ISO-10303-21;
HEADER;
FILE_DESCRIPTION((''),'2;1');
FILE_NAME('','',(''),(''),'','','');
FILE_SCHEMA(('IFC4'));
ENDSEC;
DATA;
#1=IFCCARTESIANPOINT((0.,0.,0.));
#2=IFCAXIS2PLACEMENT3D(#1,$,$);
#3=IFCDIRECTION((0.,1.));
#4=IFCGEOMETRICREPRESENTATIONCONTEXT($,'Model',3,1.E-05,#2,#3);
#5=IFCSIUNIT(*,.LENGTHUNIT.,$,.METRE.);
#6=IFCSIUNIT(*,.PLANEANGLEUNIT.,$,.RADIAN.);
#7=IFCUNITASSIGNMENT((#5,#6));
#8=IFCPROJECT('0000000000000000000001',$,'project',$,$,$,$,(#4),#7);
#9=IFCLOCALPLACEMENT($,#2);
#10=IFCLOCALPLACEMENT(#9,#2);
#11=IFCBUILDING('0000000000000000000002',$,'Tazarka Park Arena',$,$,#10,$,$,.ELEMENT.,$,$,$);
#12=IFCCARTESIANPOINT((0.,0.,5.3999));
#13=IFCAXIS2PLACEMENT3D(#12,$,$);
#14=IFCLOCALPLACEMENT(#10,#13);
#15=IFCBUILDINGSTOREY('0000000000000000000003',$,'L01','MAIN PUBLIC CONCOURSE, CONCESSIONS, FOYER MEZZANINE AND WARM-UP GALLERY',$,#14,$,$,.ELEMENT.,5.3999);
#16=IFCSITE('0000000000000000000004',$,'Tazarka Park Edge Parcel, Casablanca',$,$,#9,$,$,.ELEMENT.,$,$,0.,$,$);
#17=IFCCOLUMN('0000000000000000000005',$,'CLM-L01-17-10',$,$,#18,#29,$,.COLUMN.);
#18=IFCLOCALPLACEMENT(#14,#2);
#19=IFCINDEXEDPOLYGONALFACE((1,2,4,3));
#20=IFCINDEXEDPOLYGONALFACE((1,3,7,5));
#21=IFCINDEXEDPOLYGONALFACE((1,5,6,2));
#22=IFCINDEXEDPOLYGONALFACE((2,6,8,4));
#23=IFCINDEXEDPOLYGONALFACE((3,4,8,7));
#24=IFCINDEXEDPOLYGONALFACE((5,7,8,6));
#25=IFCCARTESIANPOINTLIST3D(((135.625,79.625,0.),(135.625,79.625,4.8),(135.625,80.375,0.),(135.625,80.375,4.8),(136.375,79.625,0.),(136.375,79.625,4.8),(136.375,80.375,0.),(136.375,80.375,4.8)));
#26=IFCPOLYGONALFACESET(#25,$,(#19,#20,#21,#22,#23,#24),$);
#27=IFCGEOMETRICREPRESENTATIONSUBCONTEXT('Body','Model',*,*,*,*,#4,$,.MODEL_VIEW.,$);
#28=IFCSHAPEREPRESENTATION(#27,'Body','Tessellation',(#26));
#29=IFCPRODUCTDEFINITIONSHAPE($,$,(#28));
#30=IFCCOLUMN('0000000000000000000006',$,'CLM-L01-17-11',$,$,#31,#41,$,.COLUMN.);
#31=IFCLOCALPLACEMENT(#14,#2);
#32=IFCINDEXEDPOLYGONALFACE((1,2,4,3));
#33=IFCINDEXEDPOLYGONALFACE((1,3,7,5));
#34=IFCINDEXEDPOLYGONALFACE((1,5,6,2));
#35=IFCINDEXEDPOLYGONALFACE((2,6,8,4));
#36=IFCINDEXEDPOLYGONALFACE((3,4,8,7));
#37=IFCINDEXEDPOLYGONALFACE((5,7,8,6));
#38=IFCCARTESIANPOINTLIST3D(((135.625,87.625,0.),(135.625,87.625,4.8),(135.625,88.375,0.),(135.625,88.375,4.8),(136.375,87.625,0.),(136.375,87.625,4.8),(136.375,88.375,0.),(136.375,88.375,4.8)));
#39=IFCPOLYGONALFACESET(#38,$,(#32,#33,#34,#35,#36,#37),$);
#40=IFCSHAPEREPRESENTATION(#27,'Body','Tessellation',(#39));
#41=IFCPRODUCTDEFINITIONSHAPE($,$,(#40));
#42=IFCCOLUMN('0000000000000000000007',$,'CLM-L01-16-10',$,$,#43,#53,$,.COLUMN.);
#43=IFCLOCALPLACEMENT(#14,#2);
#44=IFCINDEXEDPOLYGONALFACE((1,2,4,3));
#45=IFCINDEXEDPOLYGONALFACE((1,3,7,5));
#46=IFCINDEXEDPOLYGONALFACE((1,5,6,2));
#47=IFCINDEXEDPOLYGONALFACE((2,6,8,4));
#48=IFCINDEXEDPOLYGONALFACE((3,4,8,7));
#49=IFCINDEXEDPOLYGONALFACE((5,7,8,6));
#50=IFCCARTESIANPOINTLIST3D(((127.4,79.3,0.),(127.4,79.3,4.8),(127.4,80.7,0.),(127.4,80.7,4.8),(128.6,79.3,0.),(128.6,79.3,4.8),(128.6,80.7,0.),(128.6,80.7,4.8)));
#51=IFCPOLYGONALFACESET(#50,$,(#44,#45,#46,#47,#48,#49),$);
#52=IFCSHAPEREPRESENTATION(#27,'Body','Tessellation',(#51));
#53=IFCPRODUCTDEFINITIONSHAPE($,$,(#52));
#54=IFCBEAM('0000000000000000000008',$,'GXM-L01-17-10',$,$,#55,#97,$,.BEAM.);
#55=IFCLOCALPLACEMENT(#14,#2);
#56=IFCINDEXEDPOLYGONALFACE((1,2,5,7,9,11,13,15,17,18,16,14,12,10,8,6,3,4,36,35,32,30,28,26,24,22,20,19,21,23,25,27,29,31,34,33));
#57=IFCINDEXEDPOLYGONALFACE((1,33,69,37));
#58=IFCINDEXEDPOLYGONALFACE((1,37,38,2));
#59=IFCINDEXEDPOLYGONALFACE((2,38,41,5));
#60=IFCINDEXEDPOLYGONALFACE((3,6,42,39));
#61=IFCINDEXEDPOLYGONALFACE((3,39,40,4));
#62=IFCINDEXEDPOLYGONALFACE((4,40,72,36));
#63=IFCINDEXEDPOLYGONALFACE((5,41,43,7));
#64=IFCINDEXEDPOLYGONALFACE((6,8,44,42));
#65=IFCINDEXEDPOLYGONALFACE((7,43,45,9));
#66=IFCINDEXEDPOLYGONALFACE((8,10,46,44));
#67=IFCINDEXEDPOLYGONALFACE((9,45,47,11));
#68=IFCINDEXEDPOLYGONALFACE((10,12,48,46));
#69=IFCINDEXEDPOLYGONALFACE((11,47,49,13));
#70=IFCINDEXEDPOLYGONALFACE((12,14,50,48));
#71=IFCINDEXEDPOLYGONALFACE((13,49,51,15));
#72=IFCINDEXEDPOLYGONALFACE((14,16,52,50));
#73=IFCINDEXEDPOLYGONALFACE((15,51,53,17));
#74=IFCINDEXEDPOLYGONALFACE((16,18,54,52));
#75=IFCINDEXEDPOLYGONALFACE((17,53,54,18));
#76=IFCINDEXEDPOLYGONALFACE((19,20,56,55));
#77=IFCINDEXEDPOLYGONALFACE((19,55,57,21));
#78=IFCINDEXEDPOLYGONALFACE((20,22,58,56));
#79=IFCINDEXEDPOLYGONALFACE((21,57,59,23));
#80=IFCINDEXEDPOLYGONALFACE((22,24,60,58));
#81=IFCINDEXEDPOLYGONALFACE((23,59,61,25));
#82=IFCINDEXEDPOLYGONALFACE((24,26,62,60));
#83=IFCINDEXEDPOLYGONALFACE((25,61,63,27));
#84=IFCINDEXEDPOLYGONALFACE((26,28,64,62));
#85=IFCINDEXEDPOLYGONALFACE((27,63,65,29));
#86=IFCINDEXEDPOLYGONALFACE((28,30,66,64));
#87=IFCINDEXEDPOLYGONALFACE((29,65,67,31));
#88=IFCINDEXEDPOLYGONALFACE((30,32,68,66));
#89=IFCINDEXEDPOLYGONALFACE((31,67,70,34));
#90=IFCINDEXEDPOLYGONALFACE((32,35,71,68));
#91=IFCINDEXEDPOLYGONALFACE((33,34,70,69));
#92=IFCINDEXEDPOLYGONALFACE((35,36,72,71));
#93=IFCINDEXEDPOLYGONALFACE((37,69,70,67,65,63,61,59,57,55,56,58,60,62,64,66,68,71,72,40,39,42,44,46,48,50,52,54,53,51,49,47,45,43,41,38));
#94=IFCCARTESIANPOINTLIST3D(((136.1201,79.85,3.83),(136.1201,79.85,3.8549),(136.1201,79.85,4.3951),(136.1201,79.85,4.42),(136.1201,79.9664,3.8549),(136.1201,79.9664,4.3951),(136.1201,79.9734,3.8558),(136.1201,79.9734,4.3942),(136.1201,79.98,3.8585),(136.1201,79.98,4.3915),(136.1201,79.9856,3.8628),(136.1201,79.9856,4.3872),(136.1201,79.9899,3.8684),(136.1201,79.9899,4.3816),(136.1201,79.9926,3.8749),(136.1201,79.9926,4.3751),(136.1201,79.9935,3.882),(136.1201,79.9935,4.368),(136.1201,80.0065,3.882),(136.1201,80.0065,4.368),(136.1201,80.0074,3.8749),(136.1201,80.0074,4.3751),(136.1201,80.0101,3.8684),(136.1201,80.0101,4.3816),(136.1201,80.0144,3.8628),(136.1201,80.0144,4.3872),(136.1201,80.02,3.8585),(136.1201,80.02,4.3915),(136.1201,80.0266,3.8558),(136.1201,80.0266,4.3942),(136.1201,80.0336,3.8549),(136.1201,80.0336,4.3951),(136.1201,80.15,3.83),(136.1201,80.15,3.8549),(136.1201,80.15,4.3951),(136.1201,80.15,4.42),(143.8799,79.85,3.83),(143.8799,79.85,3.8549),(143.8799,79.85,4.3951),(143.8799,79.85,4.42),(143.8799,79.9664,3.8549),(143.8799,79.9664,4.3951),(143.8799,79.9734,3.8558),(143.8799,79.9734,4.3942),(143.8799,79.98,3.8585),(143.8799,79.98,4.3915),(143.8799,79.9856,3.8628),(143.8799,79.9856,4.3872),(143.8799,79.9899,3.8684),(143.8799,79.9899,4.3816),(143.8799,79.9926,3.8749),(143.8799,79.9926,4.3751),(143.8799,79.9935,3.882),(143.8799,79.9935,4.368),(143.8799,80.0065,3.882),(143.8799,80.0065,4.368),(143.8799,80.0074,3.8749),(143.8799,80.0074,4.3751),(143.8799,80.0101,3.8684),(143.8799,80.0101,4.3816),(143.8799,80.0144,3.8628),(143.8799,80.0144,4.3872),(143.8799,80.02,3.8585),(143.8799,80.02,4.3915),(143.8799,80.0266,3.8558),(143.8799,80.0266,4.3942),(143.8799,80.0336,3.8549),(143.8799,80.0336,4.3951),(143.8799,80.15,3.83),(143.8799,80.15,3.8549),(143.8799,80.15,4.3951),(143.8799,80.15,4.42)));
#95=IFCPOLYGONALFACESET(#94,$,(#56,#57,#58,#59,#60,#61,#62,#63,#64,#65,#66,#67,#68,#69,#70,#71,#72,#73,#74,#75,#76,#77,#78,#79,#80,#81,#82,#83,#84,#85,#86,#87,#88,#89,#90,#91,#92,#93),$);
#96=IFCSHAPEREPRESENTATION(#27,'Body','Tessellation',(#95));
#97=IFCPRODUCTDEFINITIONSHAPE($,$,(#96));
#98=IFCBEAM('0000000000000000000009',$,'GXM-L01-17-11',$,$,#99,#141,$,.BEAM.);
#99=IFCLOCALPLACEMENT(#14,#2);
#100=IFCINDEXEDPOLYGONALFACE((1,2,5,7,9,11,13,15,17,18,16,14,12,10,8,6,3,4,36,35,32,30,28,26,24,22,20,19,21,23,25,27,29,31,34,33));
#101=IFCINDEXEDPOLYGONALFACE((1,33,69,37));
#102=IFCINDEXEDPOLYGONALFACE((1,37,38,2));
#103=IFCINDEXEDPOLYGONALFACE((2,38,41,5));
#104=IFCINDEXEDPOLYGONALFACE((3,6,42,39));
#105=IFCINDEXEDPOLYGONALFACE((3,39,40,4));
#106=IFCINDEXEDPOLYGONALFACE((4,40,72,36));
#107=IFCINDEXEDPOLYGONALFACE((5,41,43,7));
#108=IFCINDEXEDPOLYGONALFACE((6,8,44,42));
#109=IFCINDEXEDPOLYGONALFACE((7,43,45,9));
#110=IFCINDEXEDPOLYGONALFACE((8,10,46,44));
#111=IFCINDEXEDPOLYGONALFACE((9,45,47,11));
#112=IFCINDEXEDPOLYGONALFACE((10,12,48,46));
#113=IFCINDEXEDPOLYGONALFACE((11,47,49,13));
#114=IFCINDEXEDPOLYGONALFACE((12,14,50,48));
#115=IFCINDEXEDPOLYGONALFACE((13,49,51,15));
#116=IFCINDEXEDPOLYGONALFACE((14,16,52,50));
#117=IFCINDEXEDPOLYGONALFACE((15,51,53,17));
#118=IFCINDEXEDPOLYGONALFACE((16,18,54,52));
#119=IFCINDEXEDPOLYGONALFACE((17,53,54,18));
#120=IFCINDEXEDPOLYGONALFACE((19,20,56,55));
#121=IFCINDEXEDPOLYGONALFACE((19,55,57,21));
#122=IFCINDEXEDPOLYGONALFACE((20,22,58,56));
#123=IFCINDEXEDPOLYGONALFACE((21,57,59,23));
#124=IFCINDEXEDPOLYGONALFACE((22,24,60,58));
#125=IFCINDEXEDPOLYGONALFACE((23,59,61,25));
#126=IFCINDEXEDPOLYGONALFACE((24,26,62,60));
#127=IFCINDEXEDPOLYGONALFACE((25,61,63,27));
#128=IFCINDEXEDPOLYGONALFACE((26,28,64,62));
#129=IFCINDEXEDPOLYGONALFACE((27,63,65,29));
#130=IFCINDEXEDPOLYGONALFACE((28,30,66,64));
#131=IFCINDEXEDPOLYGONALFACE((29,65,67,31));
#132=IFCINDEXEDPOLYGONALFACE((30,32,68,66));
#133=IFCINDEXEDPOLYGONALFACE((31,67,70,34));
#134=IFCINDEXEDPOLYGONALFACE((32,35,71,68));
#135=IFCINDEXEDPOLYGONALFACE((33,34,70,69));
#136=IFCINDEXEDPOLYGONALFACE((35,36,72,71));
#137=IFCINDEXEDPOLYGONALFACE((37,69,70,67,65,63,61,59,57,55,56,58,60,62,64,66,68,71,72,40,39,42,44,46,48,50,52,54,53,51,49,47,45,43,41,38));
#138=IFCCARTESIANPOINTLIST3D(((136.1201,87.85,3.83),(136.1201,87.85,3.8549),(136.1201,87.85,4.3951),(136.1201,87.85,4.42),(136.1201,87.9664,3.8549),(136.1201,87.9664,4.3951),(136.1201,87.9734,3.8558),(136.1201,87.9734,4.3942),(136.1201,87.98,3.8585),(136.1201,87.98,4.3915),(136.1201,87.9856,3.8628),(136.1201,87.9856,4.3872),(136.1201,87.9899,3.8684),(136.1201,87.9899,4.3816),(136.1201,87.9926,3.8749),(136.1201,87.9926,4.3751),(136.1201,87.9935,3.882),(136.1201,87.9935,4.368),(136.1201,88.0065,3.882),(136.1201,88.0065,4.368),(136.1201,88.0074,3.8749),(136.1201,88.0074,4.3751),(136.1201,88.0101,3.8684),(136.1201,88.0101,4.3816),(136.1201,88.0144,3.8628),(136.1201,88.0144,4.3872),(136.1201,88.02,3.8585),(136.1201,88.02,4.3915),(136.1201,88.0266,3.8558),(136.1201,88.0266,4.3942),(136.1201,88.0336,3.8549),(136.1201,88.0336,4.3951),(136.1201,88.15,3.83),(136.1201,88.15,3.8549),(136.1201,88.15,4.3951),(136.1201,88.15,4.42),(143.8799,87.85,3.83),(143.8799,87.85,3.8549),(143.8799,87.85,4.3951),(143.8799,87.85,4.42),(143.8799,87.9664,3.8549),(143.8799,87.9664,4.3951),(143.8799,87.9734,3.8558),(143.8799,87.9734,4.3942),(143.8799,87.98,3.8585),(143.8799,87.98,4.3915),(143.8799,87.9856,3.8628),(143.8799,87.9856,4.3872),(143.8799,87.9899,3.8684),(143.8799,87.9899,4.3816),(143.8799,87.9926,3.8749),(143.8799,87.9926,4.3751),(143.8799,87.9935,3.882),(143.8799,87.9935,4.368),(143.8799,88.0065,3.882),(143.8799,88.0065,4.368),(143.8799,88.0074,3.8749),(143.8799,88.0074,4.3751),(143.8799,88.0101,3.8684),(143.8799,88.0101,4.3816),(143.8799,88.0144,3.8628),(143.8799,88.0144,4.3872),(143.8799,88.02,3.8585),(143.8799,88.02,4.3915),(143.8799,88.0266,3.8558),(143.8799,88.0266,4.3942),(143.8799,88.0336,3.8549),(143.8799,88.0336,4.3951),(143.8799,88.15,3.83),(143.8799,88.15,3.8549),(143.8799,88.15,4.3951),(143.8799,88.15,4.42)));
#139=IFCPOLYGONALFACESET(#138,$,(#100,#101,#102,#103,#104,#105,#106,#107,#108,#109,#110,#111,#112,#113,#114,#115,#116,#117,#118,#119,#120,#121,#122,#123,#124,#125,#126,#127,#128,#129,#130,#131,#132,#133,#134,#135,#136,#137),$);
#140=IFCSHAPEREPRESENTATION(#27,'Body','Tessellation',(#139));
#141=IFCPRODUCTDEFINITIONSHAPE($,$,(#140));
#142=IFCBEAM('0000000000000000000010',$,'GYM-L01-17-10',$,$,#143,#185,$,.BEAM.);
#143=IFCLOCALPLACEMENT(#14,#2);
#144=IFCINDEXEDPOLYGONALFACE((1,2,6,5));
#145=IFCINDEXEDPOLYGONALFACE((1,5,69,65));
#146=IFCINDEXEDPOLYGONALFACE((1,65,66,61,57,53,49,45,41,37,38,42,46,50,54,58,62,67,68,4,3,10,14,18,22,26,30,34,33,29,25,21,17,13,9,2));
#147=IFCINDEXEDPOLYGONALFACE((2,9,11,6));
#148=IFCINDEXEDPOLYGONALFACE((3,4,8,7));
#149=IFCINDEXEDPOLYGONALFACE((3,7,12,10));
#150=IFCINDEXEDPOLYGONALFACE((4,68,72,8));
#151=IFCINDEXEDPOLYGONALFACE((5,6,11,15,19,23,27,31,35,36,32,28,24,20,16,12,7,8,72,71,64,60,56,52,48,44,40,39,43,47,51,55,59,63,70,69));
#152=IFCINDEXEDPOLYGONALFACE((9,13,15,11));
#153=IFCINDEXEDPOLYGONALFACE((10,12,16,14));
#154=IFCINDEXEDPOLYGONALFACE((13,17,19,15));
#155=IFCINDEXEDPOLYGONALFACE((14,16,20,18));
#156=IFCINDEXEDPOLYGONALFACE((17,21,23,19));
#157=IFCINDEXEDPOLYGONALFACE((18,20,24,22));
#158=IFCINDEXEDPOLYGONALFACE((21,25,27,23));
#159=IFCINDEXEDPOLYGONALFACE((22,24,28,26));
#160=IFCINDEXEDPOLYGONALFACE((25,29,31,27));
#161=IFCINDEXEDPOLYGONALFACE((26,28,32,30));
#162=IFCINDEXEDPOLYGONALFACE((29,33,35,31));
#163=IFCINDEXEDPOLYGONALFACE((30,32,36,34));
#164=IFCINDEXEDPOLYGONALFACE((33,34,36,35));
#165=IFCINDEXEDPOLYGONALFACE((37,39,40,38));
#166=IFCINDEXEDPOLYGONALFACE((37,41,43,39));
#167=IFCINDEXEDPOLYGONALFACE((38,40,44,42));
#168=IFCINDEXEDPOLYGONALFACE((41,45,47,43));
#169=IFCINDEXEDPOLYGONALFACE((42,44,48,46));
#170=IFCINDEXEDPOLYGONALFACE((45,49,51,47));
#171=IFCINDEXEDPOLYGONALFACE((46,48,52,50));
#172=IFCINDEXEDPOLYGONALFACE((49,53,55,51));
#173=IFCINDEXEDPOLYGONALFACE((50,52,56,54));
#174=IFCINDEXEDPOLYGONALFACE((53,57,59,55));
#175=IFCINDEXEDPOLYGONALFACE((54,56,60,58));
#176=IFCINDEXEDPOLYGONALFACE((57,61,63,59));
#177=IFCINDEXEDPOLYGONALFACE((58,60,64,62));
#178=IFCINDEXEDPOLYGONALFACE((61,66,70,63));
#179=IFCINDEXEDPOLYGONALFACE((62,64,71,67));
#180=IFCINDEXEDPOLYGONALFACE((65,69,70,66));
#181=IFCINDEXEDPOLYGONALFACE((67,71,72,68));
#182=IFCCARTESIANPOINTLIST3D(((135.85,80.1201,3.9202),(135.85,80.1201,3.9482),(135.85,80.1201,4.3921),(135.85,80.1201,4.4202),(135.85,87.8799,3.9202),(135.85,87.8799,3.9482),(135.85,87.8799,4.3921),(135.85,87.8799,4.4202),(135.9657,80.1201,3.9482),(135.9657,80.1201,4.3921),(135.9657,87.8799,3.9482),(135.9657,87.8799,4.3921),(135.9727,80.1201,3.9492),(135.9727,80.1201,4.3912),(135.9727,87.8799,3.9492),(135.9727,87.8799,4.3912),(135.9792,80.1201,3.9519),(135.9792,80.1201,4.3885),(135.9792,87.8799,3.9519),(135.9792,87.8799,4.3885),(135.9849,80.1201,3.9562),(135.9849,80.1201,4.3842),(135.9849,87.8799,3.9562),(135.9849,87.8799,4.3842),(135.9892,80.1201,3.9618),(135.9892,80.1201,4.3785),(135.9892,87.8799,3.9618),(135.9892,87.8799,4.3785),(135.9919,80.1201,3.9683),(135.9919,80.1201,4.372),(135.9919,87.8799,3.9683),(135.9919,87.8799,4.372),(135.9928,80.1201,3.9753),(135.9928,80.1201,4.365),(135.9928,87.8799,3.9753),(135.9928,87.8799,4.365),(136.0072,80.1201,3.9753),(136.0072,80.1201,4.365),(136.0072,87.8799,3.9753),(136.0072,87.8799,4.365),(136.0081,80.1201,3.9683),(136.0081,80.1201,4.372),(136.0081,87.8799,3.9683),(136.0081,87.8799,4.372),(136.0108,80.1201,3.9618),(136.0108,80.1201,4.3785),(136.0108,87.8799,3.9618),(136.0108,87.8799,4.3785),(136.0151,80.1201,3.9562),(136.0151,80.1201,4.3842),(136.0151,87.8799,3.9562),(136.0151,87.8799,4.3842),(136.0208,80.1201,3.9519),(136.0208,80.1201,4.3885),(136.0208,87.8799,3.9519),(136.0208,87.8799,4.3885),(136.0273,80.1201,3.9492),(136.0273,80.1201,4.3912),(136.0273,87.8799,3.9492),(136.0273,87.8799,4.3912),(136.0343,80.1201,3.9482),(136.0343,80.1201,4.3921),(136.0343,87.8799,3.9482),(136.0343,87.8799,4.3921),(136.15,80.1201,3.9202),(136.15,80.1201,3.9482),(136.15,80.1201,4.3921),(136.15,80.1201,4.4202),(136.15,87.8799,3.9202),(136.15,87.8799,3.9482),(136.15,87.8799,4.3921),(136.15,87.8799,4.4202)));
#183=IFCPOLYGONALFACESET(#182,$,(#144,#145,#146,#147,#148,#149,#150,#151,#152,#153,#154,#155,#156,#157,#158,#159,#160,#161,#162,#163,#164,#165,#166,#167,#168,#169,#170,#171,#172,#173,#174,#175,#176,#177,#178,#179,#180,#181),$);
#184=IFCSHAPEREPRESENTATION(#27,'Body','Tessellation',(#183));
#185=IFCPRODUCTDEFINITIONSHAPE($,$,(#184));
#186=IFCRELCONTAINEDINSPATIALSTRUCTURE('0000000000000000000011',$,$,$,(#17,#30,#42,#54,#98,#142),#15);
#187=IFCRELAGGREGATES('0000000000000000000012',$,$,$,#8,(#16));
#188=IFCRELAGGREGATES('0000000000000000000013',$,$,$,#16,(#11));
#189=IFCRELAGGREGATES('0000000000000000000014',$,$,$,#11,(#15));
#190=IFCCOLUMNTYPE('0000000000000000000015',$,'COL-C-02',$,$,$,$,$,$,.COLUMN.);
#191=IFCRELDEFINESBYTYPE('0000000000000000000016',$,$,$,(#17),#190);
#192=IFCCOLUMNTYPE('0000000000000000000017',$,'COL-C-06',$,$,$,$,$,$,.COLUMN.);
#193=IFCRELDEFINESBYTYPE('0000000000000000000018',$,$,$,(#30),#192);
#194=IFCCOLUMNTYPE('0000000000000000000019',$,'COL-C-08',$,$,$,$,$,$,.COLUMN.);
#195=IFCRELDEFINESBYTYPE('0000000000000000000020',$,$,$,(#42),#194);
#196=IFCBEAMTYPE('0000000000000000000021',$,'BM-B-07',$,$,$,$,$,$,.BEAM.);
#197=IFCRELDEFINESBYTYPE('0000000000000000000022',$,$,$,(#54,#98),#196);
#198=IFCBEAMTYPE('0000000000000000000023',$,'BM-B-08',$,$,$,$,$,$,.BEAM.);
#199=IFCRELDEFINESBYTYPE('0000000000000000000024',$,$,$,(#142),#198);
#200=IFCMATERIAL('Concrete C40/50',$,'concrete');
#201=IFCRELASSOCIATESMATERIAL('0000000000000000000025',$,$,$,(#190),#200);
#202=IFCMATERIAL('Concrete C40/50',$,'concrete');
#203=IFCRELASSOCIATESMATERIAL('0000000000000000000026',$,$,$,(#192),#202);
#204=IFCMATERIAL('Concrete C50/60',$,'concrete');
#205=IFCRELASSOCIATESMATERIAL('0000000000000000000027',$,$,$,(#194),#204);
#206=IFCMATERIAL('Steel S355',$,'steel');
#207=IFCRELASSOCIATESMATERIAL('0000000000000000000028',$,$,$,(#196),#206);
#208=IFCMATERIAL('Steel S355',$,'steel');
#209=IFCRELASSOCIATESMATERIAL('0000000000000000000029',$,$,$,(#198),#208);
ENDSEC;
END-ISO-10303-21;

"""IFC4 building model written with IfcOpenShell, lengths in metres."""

from ifc_helpers import new_model, si_unit, direction, frame, origin, origin_2d, place, context, subcontext, project, spatial, rectangle, i_section, extrude, material, material_profile, profile_set, type_object, element, save


model = new_model("IFC4")

# Units and contexts
model_context = context("Model", 3, precision=1e-05, world=origin(), true_north=direction((0.0, 1.0)))
body_context = subcontext(model_context, "Body", "Model", "MODEL_VIEW")
ifc_project = project(units=[si_unit("LENGTHUNIT", "METRE"), si_unit("PLANEANGLEUNIT", "RADIAN")], contexts=[model_context])

# Site, building, storey
site_placement = place(None, origin())
site = spatial("IfcSite", under=ifc_project, at=site_placement, Name="Tazarka Park Edge Parcel, Casablanca", CompositionType="ELEMENT", RefElevation=0.0)
building_placement = place(site_placement, origin())
building = spatial("IfcBuilding", under=site, at=building_placement, Name="Tazarka Park Arena", CompositionType="ELEMENT")
storey_placement = place(building_placement, frame((0.0, 0.0, 5.3999)))
storey = spatial("IfcBuildingStorey", under=building, at=storey_placement, Name="L01", Description="MAIN PUBLIC CONCOURSE, CONCESSIONS, FOYER MEZZANINE AND WARM-UP GALLERY", CompositionType="ELEMENT", Elevation=5.3999)

# Columns
ifc_material_1 = material(Name="Concrete C40/50", Category="concrete")
ifc_material_profile_1 = material_profile(ifc_material_1, rectangle(XDim=0.75, YDim=0.75, at=origin_2d()), Name="Concrete C40/50")
ifc_profile_set_1 = profile_set([ifc_material_profile_1], Name="Concrete C40/50")
column_type_1 = type_object("IfcColumnType", Name="COL-C-02", PredefinedType="COLUMN", material=ifc_profile_set_1)
column_1_placement = place(storey_placement, frame((136.0, 80.0, 0.0), z_axis=(0.0, 0.0, 1.0), x_axis=(1.0, 0.0, 0.0)))
element("IfcColumn", 1, at=column_1_placement, inside=storey, type_object=column_type_1, Name="CLM-L01-17-10", PredefinedType="COLUMN", context=body_context, shape_type="SweptSolid", body=[
    extrude(rectangle(XDim=0.75, YDim=0.75, at=origin_2d()), origin(), (0.0, 0.0, 1.0), 4.8),
])
ifc_material_2 = material(Name="Concrete C40/50", Category="concrete")
ifc_material_profile_2 = material_profile(ifc_material_2, rectangle(XDim=0.75, YDim=0.75, at=origin_2d()), Name="Concrete C40/50")
ifc_profile_set_2 = profile_set([ifc_material_profile_2], Name="Concrete C40/50")
column_type_2 = type_object("IfcColumnType", Name="COL-C-06", PredefinedType="COLUMN", material=ifc_profile_set_2)
column_2_placement = place(storey_placement, frame((136.0, 88.0, 0.0), z_axis=(0.0, 0.0, 1.0), x_axis=(1.0, 0.0, 0.0)))
element("IfcColumn", 2, at=column_2_placement, inside=storey, type_object=column_type_2, Name="CLM-L01-17-11", PredefinedType="COLUMN", context=body_context, shape_type="SweptSolid", body=[
    extrude(rectangle(XDim=0.75, YDim=0.75, at=origin_2d()), origin(), (0.0, 0.0, 1.0), 4.8),
])
ifc_material_3 = material(Name="Concrete C50/60", Category="concrete")
ifc_material_profile_3 = material_profile(ifc_material_3, rectangle(XDim=1.2, YDim=1.3999, at=origin_2d()), Name="Concrete C50/60")
ifc_profile_set_3 = profile_set([ifc_material_profile_3], Name="Concrete C50/60")
column_type_3 = type_object("IfcColumnType", Name="COL-C-08", PredefinedType="COLUMN", material=ifc_profile_set_3)
column_3_placement = place(storey_placement, frame((128.0, 80.0, 0.0), z_axis=(0.0, 0.0, 1.0), x_axis=(1.0, 0.0, 0.0)))
element("IfcColumn", 3, at=column_3_placement, inside=storey, type_object=column_type_3, Name="CLM-L01-16-10", PredefinedType="COLUMN", context=body_context, shape_type="SweptSolid", body=[
    extrude(rectangle(XDim=1.2, YDim=1.3999, at=origin_2d()), origin(), (0.0, 0.0, 1.0), 4.8),
])

# Beams
ifc_material_4 = material(Name="Steel S355", Category="steel")
ifc_material_profile_4 = material_profile(ifc_material_4, i_section(OverallWidth=0.3, OverallDepth=0.5901, WebThickness=0.0129, FlangeThickness=0.0249, FilletRadius=0.0271, at=origin_2d()), Name="Steel S355")
ifc_profile_set_4 = profile_set([ifc_material_profile_4], Name="Steel S355")
beam_type_1 = type_object("IfcBeamType", Name="BM-B-07", PredefinedType="BEAM", material=ifc_profile_set_4)
for number, where, z_axis, x_axis, name in (
    (4, (136.1201, 80.0, 4.125), (1.0, 0.0, 0.0), (0.0, 1.0, 0.0), "GXM-L01-17-10"),
    (5, (136.1201, 88.0, 4.125), (1.0, 0.0, 0.0), (0.0, 1.0, 0.0), "GXM-L01-17-11"),
):
    element("IfcBeam", number, at=place(storey_placement, frame(where, z_axis=z_axis, x_axis=x_axis)), inside=storey, type_object=beam_type_1, Name=name, PredefinedType="BEAM", context=body_context, shape_type="SweptSolid", body=[
        extrude(i_section(OverallWidth=0.3, OverallDepth=0.5901, WebThickness=0.0129, FlangeThickness=0.0249, FilletRadius=0.0271, at=origin_2d()), origin(), (0.0, 0.0, 1.0), 7.7598),
    ])
ifc_material_5 = material(Name="Steel S355", Category="steel")
ifc_material_profile_5 = material_profile(ifc_material_5, i_section(OverallWidth=0.3, OverallDepth=0.5, WebThickness=0.0144, FlangeThickness=0.0281, FilletRadius=0.0271, at=origin_2d()), Name="Steel S355")
ifc_profile_set_5 = profile_set([ifc_material_profile_5], Name="Steel S355")
beam_type_2 = type_object("IfcBeamType", Name="BM-B-08", PredefinedType="BEAM", material=ifc_profile_set_5)
beam_1_placement = place(storey_placement, frame((136.0, 80.1201, 4.1702), z_axis=(0.0, 1.0, 0.0), x_axis=(-1.0, 0.0, 0.0)))
element("IfcBeam", 6, at=beam_1_placement, inside=storey, type_object=beam_type_2, Name="GYM-L01-17-10", PredefinedType="BEAM", context=body_context, shape_type="SweptSolid", body=[
    extrude(i_section(OverallWidth=0.3, OverallDepth=0.5, WebThickness=0.0144, FlangeThickness=0.0281, FilletRadius=0.0271, at=origin_2d()), origin(), (0.0, 0.0, 1.0), 7.7598),
])

save(model, "model.ifc")
